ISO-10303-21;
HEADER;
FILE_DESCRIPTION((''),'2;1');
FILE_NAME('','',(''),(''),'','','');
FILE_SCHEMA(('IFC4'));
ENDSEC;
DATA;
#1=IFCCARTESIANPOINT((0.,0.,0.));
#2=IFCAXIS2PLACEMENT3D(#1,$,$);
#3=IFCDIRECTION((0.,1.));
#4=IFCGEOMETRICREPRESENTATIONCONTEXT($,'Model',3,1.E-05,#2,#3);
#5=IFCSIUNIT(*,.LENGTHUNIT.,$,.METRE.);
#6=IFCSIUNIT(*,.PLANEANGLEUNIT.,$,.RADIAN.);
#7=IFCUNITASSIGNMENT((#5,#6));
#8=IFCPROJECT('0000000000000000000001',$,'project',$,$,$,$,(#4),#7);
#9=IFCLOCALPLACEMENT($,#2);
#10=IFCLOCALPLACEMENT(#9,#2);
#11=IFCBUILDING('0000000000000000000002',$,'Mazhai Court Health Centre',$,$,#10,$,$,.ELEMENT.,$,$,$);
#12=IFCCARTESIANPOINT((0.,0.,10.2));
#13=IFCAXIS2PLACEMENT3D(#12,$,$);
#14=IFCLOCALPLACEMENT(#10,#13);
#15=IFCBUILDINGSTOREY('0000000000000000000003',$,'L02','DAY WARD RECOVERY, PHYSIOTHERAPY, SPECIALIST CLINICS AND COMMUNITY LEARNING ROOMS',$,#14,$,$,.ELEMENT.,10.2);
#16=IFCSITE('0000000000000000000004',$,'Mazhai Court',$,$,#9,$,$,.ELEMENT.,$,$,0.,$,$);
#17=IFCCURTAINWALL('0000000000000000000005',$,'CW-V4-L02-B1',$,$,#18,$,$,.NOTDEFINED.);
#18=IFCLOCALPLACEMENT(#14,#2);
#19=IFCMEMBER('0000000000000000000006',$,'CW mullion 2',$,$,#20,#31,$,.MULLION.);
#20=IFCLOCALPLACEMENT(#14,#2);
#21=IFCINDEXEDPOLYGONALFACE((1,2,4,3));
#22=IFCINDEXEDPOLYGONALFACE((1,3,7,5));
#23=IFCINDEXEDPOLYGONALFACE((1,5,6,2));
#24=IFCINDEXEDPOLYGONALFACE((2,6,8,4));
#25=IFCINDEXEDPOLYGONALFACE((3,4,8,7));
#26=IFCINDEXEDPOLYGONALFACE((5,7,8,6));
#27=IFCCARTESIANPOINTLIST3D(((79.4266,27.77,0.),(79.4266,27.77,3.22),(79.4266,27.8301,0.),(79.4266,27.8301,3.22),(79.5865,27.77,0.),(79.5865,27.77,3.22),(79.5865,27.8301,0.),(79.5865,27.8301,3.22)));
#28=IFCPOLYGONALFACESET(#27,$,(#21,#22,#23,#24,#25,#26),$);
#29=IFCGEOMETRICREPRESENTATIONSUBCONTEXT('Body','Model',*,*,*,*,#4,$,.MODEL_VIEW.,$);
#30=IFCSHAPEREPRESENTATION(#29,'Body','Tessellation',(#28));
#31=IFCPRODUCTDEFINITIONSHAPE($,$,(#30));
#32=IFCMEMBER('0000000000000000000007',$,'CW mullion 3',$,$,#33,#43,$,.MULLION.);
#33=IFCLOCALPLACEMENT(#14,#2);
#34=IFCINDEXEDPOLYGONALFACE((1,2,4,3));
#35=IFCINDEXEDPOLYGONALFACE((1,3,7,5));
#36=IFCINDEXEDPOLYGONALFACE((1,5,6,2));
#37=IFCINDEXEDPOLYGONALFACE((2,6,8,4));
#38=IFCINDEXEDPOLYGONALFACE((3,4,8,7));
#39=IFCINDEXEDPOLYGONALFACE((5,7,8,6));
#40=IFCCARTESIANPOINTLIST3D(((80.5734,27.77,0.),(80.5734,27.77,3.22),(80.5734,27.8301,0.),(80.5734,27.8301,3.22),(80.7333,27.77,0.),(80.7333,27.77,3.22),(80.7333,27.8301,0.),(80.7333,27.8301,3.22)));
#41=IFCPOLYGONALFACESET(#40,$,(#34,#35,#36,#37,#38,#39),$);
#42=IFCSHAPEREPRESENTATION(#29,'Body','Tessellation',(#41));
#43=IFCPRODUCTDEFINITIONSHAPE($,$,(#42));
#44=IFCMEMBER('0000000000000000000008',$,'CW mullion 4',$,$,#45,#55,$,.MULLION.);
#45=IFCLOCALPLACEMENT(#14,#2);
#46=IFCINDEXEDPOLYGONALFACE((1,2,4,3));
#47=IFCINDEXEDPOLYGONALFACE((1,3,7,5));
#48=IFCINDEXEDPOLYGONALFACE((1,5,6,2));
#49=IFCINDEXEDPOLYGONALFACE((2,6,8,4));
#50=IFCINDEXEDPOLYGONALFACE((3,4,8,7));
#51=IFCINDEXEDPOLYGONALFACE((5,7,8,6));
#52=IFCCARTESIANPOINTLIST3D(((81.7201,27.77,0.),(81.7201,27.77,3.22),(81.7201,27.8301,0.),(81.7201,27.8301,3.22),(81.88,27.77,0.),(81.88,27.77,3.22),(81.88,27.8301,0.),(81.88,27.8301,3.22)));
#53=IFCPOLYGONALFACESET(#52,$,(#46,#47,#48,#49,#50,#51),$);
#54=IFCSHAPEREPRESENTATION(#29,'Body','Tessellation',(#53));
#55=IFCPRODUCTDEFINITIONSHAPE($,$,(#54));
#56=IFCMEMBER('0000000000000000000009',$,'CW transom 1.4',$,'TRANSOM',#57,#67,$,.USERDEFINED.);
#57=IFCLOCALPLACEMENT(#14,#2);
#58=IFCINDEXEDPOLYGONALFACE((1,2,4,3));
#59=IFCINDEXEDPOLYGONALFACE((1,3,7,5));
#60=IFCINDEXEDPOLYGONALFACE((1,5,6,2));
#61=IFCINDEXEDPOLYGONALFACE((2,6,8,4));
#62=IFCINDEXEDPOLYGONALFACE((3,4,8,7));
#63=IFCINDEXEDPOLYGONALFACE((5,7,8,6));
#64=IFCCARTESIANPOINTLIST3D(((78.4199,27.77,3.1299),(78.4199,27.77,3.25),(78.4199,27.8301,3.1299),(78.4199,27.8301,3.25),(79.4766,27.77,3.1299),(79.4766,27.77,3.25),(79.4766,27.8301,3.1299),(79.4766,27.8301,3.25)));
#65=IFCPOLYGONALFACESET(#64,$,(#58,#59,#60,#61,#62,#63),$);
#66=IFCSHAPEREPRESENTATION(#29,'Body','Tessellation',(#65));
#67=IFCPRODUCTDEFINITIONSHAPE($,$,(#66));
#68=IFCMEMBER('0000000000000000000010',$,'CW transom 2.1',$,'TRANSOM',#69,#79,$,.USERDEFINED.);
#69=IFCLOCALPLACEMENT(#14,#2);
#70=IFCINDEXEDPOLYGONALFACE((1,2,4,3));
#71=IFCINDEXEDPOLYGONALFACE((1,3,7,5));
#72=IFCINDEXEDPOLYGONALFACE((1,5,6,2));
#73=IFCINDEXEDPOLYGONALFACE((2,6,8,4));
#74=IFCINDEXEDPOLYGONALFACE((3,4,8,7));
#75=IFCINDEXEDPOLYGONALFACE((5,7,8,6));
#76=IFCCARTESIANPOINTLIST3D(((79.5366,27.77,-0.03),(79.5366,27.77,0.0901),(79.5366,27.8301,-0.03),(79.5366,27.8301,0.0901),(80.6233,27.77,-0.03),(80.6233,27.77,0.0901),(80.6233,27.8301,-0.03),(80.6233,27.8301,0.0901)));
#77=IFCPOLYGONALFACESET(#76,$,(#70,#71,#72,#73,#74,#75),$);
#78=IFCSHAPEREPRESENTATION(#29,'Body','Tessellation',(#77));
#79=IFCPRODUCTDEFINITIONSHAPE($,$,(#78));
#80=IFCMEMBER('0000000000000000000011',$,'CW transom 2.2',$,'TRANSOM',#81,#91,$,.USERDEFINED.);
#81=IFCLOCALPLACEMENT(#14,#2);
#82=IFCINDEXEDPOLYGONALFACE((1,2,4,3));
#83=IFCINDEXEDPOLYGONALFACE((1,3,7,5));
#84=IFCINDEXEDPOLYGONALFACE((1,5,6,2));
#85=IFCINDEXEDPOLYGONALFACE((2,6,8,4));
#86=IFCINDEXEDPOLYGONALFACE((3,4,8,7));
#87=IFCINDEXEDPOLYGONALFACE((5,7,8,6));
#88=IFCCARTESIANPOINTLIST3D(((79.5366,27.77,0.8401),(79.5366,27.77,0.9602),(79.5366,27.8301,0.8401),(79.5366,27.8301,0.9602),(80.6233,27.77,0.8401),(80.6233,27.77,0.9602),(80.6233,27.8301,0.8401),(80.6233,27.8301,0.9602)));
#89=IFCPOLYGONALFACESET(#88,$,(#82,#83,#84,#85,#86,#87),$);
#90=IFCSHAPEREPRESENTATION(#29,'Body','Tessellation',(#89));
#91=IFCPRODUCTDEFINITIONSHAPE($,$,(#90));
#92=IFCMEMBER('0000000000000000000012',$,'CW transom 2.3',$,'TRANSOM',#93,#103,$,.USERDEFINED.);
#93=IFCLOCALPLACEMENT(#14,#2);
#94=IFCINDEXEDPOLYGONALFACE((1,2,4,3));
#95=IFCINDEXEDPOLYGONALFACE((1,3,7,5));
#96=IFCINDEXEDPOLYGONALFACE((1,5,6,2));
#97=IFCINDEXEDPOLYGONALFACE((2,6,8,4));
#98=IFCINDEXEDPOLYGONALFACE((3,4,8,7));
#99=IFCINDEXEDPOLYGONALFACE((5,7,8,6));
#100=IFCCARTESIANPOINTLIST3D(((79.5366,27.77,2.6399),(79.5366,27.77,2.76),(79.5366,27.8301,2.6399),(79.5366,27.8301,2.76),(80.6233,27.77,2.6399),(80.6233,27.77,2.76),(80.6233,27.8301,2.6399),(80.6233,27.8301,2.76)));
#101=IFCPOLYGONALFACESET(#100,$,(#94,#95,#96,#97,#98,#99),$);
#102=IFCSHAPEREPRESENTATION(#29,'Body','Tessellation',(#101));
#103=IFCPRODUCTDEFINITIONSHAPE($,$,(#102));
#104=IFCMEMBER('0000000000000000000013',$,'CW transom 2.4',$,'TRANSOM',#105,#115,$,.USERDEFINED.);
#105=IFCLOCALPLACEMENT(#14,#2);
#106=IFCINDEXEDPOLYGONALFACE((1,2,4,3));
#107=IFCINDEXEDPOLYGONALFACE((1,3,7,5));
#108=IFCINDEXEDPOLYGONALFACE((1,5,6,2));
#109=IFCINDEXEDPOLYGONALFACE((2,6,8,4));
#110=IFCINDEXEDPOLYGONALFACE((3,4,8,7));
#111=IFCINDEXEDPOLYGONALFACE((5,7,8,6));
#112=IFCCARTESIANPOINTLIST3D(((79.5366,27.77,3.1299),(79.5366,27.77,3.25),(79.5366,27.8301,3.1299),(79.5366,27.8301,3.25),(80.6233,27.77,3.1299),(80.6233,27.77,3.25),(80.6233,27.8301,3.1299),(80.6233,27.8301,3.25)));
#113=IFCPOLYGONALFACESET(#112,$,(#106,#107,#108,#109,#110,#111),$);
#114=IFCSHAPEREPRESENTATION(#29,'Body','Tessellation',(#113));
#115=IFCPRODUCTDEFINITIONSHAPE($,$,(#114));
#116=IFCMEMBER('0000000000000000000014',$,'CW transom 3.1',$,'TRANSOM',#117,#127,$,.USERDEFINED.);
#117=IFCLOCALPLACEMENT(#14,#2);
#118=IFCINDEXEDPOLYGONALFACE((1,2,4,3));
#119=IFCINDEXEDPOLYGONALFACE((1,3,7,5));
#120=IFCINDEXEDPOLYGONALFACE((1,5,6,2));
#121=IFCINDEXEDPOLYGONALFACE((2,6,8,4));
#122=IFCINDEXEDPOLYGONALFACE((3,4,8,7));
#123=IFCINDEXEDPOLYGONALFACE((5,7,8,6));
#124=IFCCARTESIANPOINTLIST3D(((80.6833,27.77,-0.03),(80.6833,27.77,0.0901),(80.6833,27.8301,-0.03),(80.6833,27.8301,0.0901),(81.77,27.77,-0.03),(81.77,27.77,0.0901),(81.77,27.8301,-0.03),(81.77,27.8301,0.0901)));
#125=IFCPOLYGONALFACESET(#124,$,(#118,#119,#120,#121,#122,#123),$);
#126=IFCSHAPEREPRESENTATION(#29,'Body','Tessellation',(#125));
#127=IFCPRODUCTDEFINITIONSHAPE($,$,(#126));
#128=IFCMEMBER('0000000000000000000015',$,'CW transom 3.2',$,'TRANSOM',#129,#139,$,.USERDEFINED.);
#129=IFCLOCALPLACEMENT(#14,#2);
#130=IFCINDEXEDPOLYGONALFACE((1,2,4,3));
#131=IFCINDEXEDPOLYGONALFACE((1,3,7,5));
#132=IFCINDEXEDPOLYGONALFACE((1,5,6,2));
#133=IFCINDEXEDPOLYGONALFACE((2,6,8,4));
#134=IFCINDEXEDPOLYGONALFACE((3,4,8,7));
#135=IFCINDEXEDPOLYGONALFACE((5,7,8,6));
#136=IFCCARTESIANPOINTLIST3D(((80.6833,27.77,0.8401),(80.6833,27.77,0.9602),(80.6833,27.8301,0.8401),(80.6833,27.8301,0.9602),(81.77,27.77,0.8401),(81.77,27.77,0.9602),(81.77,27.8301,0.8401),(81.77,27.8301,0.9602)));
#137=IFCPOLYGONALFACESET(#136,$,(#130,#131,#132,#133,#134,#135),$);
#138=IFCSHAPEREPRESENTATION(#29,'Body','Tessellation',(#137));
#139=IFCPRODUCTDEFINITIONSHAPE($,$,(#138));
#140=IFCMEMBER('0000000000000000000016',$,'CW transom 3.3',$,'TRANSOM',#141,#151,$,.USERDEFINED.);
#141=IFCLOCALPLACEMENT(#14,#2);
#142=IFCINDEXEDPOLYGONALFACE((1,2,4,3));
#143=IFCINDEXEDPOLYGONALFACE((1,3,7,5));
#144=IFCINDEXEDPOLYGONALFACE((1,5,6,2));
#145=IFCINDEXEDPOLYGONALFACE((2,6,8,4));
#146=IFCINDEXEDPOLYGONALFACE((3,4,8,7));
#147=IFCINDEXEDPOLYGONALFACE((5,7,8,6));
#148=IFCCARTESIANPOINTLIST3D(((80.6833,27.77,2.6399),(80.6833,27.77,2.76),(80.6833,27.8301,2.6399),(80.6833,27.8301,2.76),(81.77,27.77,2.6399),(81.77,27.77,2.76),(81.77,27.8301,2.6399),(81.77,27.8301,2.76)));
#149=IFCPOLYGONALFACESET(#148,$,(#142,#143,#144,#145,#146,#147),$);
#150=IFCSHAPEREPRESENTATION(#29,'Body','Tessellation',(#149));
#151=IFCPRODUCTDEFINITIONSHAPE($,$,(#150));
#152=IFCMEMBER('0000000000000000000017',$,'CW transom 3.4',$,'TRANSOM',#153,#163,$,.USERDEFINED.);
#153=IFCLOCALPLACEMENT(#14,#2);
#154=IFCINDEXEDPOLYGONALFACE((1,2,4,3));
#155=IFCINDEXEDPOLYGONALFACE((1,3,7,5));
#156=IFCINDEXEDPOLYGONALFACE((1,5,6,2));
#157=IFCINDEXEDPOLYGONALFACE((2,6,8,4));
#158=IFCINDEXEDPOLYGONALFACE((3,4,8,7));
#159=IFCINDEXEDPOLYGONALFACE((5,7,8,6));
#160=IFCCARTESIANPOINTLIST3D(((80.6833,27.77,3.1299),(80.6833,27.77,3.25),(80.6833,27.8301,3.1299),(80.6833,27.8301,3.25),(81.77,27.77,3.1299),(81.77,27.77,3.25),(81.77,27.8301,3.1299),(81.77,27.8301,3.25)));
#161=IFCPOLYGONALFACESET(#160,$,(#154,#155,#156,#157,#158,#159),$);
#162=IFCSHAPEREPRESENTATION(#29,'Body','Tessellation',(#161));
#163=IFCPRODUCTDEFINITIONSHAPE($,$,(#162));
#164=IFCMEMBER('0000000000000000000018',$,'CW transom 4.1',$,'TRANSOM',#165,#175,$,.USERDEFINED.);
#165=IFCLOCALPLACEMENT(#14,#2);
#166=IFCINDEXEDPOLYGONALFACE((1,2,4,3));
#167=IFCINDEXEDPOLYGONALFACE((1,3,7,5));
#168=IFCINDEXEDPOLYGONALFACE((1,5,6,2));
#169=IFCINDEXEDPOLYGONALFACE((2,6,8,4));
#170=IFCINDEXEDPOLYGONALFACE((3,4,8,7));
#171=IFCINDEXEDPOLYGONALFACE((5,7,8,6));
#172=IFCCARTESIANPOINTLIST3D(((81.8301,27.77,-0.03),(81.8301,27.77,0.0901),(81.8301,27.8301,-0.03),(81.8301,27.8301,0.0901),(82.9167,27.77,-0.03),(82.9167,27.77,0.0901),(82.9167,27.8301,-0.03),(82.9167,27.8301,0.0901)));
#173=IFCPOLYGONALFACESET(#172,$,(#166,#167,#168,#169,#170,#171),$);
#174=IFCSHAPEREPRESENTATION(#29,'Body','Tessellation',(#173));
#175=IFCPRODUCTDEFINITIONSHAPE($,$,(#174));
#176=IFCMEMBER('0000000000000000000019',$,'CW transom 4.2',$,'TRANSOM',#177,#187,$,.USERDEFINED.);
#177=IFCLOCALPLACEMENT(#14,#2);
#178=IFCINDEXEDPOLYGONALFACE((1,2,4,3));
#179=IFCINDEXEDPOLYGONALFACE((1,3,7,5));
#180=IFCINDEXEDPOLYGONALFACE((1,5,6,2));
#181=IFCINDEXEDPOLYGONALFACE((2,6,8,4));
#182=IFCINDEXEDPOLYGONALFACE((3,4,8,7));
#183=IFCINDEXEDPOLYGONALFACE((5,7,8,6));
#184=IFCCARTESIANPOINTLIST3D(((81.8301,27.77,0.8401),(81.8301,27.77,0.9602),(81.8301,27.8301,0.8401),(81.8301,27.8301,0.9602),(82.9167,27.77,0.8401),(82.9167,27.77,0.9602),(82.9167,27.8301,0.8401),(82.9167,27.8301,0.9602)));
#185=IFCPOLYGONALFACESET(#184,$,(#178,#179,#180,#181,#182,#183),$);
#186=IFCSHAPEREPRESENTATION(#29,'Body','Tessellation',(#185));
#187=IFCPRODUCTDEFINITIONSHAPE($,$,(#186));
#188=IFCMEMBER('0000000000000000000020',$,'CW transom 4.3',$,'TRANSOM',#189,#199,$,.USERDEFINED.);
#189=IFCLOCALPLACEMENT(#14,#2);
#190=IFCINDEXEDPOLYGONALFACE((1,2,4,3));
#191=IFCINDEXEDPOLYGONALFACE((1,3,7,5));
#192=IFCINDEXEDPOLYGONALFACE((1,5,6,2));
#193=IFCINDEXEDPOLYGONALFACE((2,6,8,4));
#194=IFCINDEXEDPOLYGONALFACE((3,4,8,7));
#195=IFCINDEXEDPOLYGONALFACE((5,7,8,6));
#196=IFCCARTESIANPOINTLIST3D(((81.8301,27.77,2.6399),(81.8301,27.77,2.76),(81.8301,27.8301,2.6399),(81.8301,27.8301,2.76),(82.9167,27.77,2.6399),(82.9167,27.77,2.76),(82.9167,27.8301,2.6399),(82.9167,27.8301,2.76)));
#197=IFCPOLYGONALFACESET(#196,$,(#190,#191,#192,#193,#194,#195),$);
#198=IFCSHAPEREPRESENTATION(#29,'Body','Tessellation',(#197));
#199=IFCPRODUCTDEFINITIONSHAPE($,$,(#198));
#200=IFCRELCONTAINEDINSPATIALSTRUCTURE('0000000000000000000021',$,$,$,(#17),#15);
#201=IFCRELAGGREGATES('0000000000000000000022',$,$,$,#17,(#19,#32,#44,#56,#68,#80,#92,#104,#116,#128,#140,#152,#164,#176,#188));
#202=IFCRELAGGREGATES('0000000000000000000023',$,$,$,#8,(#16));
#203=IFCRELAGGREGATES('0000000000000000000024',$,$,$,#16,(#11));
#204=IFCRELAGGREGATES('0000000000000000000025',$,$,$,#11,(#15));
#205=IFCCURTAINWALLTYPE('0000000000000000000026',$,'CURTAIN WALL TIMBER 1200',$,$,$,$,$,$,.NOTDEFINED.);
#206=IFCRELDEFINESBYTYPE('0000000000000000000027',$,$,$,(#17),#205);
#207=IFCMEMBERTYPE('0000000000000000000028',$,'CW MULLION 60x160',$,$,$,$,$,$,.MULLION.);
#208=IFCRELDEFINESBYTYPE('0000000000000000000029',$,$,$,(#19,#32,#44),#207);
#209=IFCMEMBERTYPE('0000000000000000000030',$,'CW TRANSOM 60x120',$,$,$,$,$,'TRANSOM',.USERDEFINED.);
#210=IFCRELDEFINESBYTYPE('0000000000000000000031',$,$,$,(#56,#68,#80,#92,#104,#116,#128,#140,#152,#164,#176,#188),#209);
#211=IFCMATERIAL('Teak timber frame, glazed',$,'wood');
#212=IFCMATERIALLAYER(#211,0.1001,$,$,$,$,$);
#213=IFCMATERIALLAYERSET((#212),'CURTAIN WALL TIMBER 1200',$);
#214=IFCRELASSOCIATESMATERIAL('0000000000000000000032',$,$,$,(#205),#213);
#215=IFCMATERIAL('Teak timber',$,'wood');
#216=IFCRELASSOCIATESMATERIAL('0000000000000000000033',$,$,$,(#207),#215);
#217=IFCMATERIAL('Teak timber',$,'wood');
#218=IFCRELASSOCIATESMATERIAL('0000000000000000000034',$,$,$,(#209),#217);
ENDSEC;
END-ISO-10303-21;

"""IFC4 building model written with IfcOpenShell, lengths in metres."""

from ifc_helpers import new_model, si_unit, direction, frame, origin, origin_2d, place, context, subcontext, project, spatial, rectangle, extrude, material, layer, layer_set, material_profile, profile_set, type_object, element, aggregate, save


model = new_model("IFC4")

# Units and contexts
model_context = context("Model", 3, precision=1e-05, world=origin(), true_north=direction((0.0, 1.0)))
body_context = subcontext(model_context, "Body", "Model", "MODEL_VIEW")
ifc_project = project(units=[si_unit("LENGTHUNIT", "METRE"), si_unit("PLANEANGLEUNIT", "RADIAN")], contexts=[model_context])

# Site, building, storey
site_placement = place(None, origin())
site = spatial("IfcSite", under=ifc_project, at=site_placement, Name="Mazhai Court", CompositionType="ELEMENT", RefElevation=0.0)
building_placement = place(site_placement, origin())
building = spatial("IfcBuilding", under=site, at=building_placement, Name="Mazhai Court Health Centre", CompositionType="ELEMENT")
storey_placement = place(building_placement, frame((0.0, 0.0, 10.2)))
storey = spatial("IfcBuildingStorey", under=building, at=storey_placement, Name="L02", Description="DAY WARD RECOVERY, PHYSIOTHERAPY, SPECIALIST CLINICS AND COMMUNITY LEARNING ROOMS", CompositionType="ELEMENT", Elevation=10.2)

# Curtain wall, members
ifc_material_1 = material(Name="Teak timber frame, glazed", Category="wood")
ifc_layer_1 = layer(ifc_material_1, 0.1001)
ifc_layer_set_1 = layer_set([ifc_layer_1], Name="CURTAIN WALL TIMBER 1200")
curtain_wall_type = type_object("IfcCurtainWallType", Name="CURTAIN WALL TIMBER 1200", PredefinedType="NOTDEFINED", material=ifc_layer_set_1)
curtain_wall_placement = place(storey_placement, origin())
curtain_wall = element("IfcCurtainWall", 1, at=curtain_wall_placement, inside=storey, type_object=curtain_wall_type, Name="CW-V4-L02-B1", PredefinedType="NOTDEFINED")
ifc_material_2 = material(Name="Teak timber", Category="wood")
ifc_material_profile_1 = material_profile(ifc_material_2, rectangle(XDim=0.0601, YDim=0.1599, at=origin_2d()), Name="CW MULLION 60x160")
ifc_profile_set_1 = profile_set([ifc_material_profile_1], Name="Teak timber")
member_type_1 = type_object("IfcMemberType", Name="CW MULLION 60x160", PredefinedType="MULLION", material=ifc_profile_set_1)
member_1_placement = place(storey_placement, frame((79.5066, 27.8, 0.0), z_axis=(0.0, 0.0, 1.0), x_axis=(0.0, 1.0, 0.0)))
member_1 = element("IfcMember", 2, at=member_1_placement, type_object=member_type_1, Name="CW mullion 2", PredefinedType="MULLION", context=body_context, shape_type="SweptSolid", body=[
    extrude(rectangle(XDim=0.0601, YDim=0.1599, at=origin_2d()), origin(), (0.0, 0.0, 1.0), 3.22),
])
member_2_placement = place(storey_placement, frame((80.6533, 27.8, 0.0), z_axis=(0.0, 0.0, 1.0), x_axis=(0.0, 1.0, 0.0)))
member_2 = element("IfcMember", 3, at=member_2_placement, type_object=member_type_1, Name="CW mullion 3", PredefinedType="MULLION", context=body_context, shape_type="SweptSolid", body=[
    extrude(rectangle(XDim=0.0601, YDim=0.1599, at=origin_2d()), origin(), (0.0, 0.0, 1.0), 3.22),
])
member_3_placement = place(storey_placement, frame((81.8, 27.8, 0.0), z_axis=(0.0, 0.0, 1.0), x_axis=(0.0, 1.0, 0.0)))
member_3 = element("IfcMember", 4, at=member_3_placement, type_object=member_type_1, Name="CW mullion 4", PredefinedType="MULLION", context=body_context, shape_type="SweptSolid", body=[
    extrude(rectangle(XDim=0.0601, YDim=0.1599, at=origin_2d()), origin(), (0.0, 0.0, 1.0), 3.22),
])
ifc_material_3 = material(Name="Teak timber", Category="wood")
ifc_material_profile_2 = material_profile(ifc_material_3, rectangle(XDim=0.0601, YDim=0.1201, at=origin_2d()), Name="CW TRANSOM 60x120")
ifc_profile_set_2 = profile_set([ifc_material_profile_2], Name="Teak timber")
member_type_2 = type_object("IfcMemberType", Name="CW TRANSOM 60x120", ElementType="TRANSOM", PredefinedType="USERDEFINED", material=ifc_profile_set_2)
member_4_placement = place(storey_placement, frame((78.4199, 27.8, 3.1899), z_axis=(1.0, 0.0, 0.0), x_axis=(0.0, 1.0, 0.0)))
member_4 = element("IfcMember", 5, at=member_4_placement, type_object=member_type_2, Name="CW transom 1.4", ObjectType="TRANSOM", PredefinedType="USERDEFINED", context=body_context, shape_type="SweptSolid", body=[
    extrude(rectangle(XDim=0.0601, YDim=0.1201, at=origin_2d()), origin(), (0.0, 0.0, 1.0), 1.0566),
])
member_5_placement = place(storey_placement, frame((79.5366, 27.8, 0.03), z_axis=(1.0, 0.0, 0.0), x_axis=(0.0, 1.0, 0.0)))
member_5 = element("IfcMember", 6, at=member_5_placement, type_object=member_type_2, Name="CW transom 2.1", ObjectType="TRANSOM", PredefinedType="USERDEFINED", context=body_context, shape_type="SweptSolid", body=[
    extrude(rectangle(XDim=0.0601, YDim=0.1201, at=origin_2d()), origin(), (0.0, 0.0, 1.0), 1.0867),
])
member_6_placement = place(storey_placement, frame((79.5366, 27.8, 0.9001), z_axis=(1.0, 0.0, 0.0), x_axis=(0.0, 1.0, 0.0)))
member_6 = element("IfcMember", 7, at=member_6_placement, type_object=member_type_2, Name="CW transom 2.2", ObjectType="TRANSOM", PredefinedType="USERDEFINED", context=body_context, shape_type="SweptSolid", body=[
    extrude(rectangle(XDim=0.0601, YDim=0.1201, at=origin_2d()), origin(), (0.0, 0.0, 1.0), 1.0867),
])
member_7_placement = place(storey_placement, frame((79.5366, 27.8, 2.7), z_axis=(1.0, 0.0, 0.0), x_axis=(0.0, 1.0, 0.0)))
member_7 = element("IfcMember", 8, at=member_7_placement, type_object=member_type_2, Name="CW transom 2.3", ObjectType="TRANSOM", PredefinedType="USERDEFINED", context=body_context, shape_type="SweptSolid", body=[
    extrude(rectangle(XDim=0.0601, YDim=0.1201, at=origin_2d()), origin(), (0.0, 0.0, 1.0), 1.0867),
])
member_8_placement = place(storey_placement, frame((79.5366, 27.8, 3.1899), z_axis=(1.0, 0.0, 0.0), x_axis=(0.0, 1.0, 0.0)))
member_8 = element("IfcMember", 9, at=member_8_placement, type_object=member_type_2, Name="CW transom 2.4", ObjectType="TRANSOM", PredefinedType="USERDEFINED", context=body_context, shape_type="SweptSolid", body=[
    extrude(rectangle(XDim=0.0601, YDim=0.1201, at=origin_2d()), origin(), (0.0, 0.0, 1.0), 1.0867),
])
member_9_placement = place(storey_placement, frame((80.6833, 27.8, 0.03), z_axis=(1.0, 0.0, 0.0), x_axis=(0.0, 1.0, 0.0)))
member_9 = element("IfcMember", 10, at=member_9_placement, type_object=member_type_2, Name="CW transom 3.1", ObjectType="TRANSOM", PredefinedType="USERDEFINED", context=body_context, shape_type="SweptSolid", body=[
    extrude(rectangle(XDim=0.0601, YDim=0.1201, at=origin_2d()), origin(), (0.0, 0.0, 1.0), 1.0867),
])
member_10_placement = place(storey_placement, frame((80.6833, 27.8, 0.9001), z_axis=(1.0, 0.0, 0.0), x_axis=(0.0, 1.0, 0.0)))
member_10 = element("IfcMember", 11, at=member_10_placement, type_object=member_type_2, Name="CW transom 3.2", ObjectType="TRANSOM", PredefinedType="USERDEFINED", context=body_context, shape_type="SweptSolid", body=[
    extrude(rectangle(XDim=0.0601, YDim=0.1201, at=origin_2d()), origin(), (0.0, 0.0, 1.0), 1.0867),
])
member_11_placement = place(storey_placement, frame((80.6833, 27.8, 2.7), z_axis=(1.0, 0.0, 0.0), x_axis=(0.0, 1.0, 0.0)))
member_11 = element("IfcMember", 12, at=member_11_placement, type_object=member_type_2, Name="CW transom 3.3", ObjectType="TRANSOM", PredefinedType="USERDEFINED", context=body_context, shape_type="SweptSolid", body=[
    extrude(rectangle(XDim=0.0601, YDim=0.1201, at=origin_2d()), origin(), (0.0, 0.0, 1.0), 1.0867),
])
member_12_placement = place(storey_placement, frame((80.6833, 27.8, 3.1899), z_axis=(1.0, 0.0, 0.0), x_axis=(0.0, 1.0, 0.0)))
member_12 = element("IfcMember", 13, at=member_12_placement, type_object=member_type_2, Name="CW transom 3.4", ObjectType="TRANSOM", PredefinedType="USERDEFINED", context=body_context, shape_type="SweptSolid", body=[
    extrude(rectangle(XDim=0.0601, YDim=0.1201, at=origin_2d()), origin(), (0.0, 0.0, 1.0), 1.0867),
])
member_13_placement = place(storey_placement, frame((81.8301, 27.8, 0.03), z_axis=(1.0, 0.0, 0.0), x_axis=(0.0, 1.0, 0.0)))
member_13 = element("IfcMember", 14, at=member_13_placement, type_object=member_type_2, Name="CW transom 4.1", ObjectType="TRANSOM", PredefinedType="USERDEFINED", context=body_context, shape_type="SweptSolid", body=[
    extrude(rectangle(XDim=0.0601, YDim=0.1201, at=origin_2d()), origin(), (0.0, 0.0, 1.0), 1.0867),
])
member_14_placement = place(storey_placement, frame((81.8301, 27.8, 0.9001), z_axis=(1.0, 0.0, 0.0), x_axis=(0.0, 1.0, 0.0)))
member_14 = element("IfcMember", 15, at=member_14_placement, type_object=member_type_2, Name="CW transom 4.2", ObjectType="TRANSOM", PredefinedType="USERDEFINED", context=body_context, shape_type="SweptSolid", body=[
    extrude(rectangle(XDim=0.0601, YDim=0.1201, at=origin_2d()), origin(), (0.0, 0.0, 1.0), 1.0867),
])
member_15_placement = place(storey_placement, frame((81.8301, 27.8, 2.7), z_axis=(1.0, 0.0, 0.0), x_axis=(0.0, 1.0, 0.0)))
member_15 = element("IfcMember", 16, at=member_15_placement, type_object=member_type_2, Name="CW transom 4.3", ObjectType="TRANSOM", PredefinedType="USERDEFINED", context=body_context, shape_type="SweptSolid", body=[
    extrude(rectangle(XDim=0.0601, YDim=0.1201, at=origin_2d()), origin(), (0.0, 0.0, 1.0), 1.0867),
])
aggregate(curtain_wall, [member_1, member_2, member_3, member_4, member_5, member_6, member_7, member_8, member_9, member_10, member_11, member_12, member_13, member_14, member_15])

save(model, "model.ifc")
